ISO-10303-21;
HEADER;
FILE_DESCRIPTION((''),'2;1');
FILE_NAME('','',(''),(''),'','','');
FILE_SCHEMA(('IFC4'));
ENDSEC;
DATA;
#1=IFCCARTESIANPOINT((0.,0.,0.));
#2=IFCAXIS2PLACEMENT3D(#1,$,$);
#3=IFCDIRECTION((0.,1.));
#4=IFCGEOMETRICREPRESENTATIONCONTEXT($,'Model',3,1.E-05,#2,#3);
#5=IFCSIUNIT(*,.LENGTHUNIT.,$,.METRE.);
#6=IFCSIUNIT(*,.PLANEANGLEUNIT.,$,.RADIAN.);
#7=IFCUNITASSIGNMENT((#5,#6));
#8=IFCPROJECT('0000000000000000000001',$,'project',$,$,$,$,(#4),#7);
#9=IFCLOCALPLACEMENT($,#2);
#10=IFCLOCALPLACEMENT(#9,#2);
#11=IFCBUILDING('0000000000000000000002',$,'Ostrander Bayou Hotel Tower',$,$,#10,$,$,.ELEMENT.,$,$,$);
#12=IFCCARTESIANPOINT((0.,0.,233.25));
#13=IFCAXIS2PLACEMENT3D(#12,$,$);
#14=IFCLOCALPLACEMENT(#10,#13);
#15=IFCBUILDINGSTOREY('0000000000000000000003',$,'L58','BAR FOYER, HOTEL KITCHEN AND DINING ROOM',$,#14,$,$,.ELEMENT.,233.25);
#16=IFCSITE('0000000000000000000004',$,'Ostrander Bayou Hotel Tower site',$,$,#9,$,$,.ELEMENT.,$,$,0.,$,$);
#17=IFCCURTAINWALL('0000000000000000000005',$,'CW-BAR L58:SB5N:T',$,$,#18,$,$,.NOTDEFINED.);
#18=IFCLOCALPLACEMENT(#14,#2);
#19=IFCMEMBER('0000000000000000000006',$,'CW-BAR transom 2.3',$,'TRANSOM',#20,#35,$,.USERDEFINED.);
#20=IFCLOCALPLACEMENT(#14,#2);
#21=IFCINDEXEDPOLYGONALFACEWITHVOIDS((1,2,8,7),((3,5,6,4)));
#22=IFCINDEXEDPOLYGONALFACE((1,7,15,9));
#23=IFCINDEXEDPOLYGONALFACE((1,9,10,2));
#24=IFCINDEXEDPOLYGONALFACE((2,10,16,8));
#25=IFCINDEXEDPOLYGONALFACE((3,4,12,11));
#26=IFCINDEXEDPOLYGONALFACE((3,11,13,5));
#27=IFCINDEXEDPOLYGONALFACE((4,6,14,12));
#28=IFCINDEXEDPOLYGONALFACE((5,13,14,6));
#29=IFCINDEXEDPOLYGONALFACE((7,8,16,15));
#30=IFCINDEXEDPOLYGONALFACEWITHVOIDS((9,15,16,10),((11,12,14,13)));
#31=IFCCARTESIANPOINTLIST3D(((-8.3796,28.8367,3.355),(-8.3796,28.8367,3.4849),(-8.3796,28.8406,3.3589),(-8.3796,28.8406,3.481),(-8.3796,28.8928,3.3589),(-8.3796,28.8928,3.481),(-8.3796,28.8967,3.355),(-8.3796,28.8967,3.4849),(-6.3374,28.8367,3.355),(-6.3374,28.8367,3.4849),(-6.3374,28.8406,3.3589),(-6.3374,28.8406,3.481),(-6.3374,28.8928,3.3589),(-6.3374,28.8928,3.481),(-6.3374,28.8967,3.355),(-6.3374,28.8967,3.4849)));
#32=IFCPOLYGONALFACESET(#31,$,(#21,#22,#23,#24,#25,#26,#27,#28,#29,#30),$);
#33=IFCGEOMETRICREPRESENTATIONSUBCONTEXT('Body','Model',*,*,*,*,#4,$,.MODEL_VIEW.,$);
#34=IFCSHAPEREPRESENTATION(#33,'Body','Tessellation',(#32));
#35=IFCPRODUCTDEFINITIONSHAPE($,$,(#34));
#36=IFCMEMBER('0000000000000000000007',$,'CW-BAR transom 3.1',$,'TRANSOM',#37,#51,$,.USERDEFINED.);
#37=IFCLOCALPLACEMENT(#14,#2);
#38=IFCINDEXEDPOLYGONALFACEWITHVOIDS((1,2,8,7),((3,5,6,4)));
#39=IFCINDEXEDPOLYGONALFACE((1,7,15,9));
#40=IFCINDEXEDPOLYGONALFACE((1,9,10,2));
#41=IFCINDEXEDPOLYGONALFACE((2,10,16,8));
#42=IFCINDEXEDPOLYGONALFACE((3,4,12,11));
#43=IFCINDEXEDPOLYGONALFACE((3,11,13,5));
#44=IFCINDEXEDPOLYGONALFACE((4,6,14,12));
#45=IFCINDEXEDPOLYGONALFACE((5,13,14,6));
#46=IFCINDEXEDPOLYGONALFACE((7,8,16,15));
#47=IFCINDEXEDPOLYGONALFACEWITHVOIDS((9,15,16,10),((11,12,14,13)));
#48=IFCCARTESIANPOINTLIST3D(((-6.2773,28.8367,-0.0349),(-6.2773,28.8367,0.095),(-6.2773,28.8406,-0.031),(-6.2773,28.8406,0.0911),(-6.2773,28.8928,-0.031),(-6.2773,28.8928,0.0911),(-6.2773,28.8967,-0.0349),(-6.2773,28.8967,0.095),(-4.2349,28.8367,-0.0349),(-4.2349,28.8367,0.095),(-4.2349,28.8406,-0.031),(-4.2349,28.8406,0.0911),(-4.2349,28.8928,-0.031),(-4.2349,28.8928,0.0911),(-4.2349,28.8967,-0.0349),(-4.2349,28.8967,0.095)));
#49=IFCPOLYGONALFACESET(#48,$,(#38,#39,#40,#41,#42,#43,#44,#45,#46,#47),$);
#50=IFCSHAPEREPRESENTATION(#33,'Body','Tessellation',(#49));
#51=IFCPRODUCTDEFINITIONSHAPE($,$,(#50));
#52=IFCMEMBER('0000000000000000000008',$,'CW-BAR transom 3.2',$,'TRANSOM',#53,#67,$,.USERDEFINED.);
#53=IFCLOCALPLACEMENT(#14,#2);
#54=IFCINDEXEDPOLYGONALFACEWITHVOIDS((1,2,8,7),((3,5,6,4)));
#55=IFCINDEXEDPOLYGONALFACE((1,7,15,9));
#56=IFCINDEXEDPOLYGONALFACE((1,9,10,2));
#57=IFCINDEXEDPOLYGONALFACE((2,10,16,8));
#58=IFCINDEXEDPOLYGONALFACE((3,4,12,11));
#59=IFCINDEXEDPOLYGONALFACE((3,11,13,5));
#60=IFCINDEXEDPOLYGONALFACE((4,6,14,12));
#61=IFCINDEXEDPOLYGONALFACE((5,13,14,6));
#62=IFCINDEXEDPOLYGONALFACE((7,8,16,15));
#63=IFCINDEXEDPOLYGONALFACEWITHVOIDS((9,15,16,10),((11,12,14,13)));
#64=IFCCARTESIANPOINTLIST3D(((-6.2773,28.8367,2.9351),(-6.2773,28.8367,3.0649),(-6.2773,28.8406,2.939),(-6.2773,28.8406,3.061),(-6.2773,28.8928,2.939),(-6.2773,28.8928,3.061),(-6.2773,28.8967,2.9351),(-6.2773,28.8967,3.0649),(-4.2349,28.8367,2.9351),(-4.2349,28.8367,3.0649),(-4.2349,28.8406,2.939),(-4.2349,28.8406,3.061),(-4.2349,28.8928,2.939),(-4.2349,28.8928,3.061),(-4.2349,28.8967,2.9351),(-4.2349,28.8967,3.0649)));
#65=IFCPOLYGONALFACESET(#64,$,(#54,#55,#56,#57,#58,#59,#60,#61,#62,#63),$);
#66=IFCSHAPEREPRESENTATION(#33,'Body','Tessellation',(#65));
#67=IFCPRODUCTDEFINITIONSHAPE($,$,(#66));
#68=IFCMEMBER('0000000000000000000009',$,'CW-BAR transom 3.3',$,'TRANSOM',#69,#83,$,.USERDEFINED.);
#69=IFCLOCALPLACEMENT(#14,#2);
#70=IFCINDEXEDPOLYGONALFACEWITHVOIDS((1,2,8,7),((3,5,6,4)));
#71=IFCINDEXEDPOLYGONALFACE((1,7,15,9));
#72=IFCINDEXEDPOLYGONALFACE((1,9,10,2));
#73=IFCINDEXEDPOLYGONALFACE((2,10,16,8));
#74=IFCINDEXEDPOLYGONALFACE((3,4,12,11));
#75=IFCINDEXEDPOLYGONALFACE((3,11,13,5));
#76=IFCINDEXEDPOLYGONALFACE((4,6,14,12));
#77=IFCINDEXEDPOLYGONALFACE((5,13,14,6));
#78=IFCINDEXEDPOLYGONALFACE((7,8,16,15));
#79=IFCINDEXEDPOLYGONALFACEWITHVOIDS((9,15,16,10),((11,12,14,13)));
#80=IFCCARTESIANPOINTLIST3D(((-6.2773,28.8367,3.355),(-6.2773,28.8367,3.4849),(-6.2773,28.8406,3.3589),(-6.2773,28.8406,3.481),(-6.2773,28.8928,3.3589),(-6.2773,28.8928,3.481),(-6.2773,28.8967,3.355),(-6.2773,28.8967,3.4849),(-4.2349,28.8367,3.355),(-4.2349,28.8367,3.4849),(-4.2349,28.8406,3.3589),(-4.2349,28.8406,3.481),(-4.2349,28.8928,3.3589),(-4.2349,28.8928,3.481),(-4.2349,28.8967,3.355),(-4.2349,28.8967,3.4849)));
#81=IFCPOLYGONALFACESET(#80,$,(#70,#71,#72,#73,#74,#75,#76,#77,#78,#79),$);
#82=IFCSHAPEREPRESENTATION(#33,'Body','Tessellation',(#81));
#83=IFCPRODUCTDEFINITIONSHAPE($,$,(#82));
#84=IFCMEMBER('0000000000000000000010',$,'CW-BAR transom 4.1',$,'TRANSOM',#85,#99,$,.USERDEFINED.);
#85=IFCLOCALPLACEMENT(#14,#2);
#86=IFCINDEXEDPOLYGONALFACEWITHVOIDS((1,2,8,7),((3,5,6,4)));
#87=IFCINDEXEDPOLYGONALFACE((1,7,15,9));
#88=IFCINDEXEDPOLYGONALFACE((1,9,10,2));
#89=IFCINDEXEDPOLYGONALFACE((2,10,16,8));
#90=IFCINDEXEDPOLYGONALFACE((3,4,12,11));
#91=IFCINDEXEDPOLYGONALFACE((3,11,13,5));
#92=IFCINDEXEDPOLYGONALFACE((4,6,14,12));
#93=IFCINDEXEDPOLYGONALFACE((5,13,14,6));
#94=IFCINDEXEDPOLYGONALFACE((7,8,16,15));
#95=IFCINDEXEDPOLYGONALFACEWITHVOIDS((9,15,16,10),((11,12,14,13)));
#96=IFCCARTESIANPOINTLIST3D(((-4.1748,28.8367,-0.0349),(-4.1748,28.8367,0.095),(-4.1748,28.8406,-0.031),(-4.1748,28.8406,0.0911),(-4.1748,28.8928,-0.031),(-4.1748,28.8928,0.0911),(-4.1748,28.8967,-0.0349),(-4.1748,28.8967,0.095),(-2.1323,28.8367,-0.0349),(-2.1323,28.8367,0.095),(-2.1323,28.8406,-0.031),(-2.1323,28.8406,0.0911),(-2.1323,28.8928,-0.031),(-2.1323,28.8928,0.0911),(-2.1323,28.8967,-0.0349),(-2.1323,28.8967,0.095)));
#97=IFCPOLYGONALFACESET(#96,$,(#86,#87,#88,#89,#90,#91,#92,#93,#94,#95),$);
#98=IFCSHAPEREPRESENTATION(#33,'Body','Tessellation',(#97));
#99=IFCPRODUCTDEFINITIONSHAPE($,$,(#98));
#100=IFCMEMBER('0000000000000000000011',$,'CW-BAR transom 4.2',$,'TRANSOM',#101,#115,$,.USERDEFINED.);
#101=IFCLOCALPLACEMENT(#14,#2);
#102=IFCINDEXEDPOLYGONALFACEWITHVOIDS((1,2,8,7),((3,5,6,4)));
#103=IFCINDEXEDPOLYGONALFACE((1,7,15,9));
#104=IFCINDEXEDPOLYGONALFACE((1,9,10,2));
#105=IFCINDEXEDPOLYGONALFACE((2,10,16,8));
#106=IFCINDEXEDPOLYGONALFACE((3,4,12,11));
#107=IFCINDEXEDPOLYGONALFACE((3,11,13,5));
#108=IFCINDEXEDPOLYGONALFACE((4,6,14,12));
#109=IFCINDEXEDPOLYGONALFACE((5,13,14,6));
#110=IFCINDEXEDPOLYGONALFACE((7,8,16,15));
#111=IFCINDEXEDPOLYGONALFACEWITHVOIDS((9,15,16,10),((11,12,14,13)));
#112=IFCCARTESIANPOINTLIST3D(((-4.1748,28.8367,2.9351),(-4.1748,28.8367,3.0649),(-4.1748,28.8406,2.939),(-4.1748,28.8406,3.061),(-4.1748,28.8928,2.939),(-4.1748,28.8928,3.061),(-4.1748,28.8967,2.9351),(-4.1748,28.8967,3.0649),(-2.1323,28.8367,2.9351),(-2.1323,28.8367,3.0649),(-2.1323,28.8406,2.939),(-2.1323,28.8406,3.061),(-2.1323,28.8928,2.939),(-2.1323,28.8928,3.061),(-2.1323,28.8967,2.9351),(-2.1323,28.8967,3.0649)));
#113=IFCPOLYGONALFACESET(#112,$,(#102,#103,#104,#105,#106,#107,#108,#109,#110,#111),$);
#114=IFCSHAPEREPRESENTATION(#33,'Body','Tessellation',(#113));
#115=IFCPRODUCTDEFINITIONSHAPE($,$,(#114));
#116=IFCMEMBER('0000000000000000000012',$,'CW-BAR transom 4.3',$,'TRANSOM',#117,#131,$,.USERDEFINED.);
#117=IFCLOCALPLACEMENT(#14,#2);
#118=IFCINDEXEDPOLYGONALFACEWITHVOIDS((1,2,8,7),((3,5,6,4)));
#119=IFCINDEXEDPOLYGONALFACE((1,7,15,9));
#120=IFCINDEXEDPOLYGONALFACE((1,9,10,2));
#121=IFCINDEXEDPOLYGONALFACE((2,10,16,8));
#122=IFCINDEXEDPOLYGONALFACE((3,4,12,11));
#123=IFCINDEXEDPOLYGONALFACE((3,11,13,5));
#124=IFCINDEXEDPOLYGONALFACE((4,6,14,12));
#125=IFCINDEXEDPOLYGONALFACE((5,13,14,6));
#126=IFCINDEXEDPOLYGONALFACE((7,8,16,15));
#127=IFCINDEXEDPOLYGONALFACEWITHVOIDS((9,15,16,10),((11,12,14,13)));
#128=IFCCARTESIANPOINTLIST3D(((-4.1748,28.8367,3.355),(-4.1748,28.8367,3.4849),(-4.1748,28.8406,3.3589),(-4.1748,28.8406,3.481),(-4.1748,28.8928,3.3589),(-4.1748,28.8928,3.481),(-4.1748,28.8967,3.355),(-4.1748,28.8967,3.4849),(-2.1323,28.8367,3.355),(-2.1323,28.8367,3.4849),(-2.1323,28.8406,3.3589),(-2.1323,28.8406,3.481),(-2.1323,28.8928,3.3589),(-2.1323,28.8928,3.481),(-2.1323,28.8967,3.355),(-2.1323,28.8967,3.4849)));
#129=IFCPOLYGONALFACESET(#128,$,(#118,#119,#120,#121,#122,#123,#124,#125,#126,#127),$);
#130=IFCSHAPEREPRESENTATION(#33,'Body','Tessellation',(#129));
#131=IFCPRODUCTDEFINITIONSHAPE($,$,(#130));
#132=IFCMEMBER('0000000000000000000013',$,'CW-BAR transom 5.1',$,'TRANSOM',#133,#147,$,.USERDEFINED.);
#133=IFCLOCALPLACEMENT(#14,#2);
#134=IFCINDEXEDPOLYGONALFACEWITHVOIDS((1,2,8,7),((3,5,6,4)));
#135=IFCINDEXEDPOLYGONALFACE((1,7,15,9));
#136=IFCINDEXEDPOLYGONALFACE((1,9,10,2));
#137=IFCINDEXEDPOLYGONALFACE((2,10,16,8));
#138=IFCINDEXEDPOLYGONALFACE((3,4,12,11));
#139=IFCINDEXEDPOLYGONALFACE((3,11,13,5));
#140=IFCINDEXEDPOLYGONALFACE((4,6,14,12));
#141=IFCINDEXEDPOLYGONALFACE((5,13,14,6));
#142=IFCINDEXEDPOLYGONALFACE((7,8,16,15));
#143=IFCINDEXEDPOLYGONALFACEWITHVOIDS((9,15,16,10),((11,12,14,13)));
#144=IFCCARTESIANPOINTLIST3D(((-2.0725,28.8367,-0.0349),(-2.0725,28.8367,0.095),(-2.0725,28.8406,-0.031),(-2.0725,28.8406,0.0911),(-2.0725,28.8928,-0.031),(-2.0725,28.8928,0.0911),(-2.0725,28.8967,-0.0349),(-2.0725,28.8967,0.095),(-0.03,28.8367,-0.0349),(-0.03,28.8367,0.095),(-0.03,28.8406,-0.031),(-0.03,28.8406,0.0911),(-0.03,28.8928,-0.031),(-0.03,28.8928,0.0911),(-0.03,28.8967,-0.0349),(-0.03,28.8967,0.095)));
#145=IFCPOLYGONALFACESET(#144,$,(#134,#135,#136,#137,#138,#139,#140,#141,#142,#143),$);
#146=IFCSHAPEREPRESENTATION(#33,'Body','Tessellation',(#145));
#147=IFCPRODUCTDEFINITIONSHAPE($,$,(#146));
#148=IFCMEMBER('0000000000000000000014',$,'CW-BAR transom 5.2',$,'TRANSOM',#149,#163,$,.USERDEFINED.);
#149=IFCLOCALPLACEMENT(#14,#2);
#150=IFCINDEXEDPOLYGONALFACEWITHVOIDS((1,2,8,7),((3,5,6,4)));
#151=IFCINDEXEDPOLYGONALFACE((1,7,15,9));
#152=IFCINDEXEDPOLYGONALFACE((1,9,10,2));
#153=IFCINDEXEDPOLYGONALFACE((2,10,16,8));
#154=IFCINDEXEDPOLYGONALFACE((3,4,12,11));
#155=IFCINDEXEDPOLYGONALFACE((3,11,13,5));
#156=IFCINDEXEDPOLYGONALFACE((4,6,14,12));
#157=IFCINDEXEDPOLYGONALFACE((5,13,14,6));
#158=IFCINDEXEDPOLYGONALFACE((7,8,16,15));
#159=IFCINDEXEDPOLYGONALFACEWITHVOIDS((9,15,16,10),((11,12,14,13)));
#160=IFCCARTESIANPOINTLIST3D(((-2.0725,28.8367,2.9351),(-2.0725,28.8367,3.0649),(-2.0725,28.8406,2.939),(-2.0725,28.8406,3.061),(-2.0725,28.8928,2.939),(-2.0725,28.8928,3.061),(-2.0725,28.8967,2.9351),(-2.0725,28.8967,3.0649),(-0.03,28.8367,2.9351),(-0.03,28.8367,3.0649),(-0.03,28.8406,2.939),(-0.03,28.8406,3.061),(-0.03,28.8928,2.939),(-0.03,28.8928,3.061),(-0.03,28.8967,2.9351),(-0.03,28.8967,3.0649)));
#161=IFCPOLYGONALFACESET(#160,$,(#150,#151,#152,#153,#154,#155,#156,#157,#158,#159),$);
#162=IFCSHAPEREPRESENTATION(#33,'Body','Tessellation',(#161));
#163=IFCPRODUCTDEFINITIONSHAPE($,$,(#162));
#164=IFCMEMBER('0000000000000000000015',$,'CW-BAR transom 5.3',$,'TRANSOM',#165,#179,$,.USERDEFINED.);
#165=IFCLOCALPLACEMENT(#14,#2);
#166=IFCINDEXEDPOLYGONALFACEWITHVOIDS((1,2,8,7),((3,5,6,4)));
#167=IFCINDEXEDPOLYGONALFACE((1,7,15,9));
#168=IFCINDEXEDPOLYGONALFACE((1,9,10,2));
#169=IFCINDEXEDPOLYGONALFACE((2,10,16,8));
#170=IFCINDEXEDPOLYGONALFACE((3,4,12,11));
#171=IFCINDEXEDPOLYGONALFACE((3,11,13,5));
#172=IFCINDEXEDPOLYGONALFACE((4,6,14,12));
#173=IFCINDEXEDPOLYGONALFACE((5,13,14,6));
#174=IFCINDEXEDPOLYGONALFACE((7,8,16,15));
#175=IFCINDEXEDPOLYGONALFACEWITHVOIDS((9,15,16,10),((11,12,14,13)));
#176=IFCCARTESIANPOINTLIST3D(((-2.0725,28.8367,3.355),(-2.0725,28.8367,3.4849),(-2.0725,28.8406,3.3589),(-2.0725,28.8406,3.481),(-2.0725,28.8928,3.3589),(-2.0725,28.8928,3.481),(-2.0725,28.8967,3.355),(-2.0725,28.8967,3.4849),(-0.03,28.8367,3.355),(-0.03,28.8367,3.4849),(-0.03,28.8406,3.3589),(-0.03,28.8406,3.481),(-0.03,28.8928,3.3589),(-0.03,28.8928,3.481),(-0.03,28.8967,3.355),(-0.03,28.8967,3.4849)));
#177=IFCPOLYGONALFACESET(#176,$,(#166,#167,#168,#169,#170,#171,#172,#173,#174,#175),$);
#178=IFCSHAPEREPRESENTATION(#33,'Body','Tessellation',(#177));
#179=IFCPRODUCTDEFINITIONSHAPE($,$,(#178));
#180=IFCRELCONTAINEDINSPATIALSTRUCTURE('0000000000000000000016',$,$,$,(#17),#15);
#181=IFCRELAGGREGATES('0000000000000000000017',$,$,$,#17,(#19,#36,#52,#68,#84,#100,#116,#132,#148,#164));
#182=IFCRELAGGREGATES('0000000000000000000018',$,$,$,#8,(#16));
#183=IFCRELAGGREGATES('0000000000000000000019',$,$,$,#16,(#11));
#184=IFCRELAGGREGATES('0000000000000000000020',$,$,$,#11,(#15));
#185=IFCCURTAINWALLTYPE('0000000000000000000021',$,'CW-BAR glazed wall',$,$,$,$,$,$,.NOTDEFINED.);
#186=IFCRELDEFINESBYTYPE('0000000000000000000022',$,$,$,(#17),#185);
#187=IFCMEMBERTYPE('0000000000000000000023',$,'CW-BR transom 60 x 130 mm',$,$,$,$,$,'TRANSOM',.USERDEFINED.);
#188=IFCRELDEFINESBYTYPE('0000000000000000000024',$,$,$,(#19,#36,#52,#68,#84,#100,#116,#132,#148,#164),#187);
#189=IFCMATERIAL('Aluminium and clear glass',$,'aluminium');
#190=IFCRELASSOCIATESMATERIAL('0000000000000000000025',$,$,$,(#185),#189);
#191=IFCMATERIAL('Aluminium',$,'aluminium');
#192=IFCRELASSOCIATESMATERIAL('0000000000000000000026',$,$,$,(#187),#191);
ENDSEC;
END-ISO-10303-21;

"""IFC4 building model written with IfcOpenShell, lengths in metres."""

from ifc_helpers import new_model, si_unit, direction, frame, origin, origin_2d, place, context, subcontext, project, spatial, hollow_rectangle, extrude, material, material_profile, profile_set, type_object, element, aggregate, save


model = new_model("IFC4")

# Units and contexts
model_context = context("Model", 3, precision=1e-05, world=origin(), true_north=direction((0.0, 1.0)))
body_context = subcontext(model_context, "Body", "Model", "MODEL_VIEW")
ifc_project = project(units=[si_unit("LENGTHUNIT", "METRE"), si_unit("PLANEANGLEUNIT", "RADIAN")], contexts=[model_context])

# Site, building, storey
site_placement = place(None, origin())
site = spatial("IfcSite", under=ifc_project, at=site_placement, Name="Ostrander Bayou Hotel Tower site", CompositionType="ELEMENT", RefElevation=0.0)
building_placement = place(site_placement, origin())
building = spatial("IfcBuilding", under=site, at=building_placement, Name="Ostrander Bayou Hotel Tower", CompositionType="ELEMENT")
storey_placement = place(building_placement, frame((0.0, 0.0, 233.25)))
storey = spatial("IfcBuildingStorey", under=building, at=storey_placement, Name="L58", Description="BAR FOYER, HOTEL KITCHEN AND DINING ROOM", CompositionType="ELEMENT", Elevation=233.25)

# Shared definitions
ifc_material_1 = material(Name="Aluminium and clear glass", Category="aluminium")
curtain_wall_type = type_object("IfcCurtainWallType", Name="CW-BAR glazed wall", PredefinedType="NOTDEFINED", material=ifc_material_1)

# Curtain wall, members
curtain_wall_1_placement = place(storey_placement, origin())
curtain_wall_1 = element("IfcCurtainWall", 1, at=curtain_wall_1_placement, inside=storey, type_object=curtain_wall_type, Name="CW-BAR L58:SB5N:T", PredefinedType="NOTDEFINED")
ifc_material_2 = material(Name="Aluminium", Category="aluminium")
ifc_material_profile_1 = material_profile(ifc_material_2, hollow_rectangle(XDim=0.0601, YDim=0.1299, WallThickness=0.0039, at=origin_2d()))
ifc_profile_set_1 = profile_set([ifc_material_profile_1], Name="Aluminium")
member_type_1 = type_object("IfcMemberType", Name="CW-BR transom 60 x 130 mm", ElementType="TRANSOM", PredefinedType="USERDEFINED", material=ifc_profile_set_1)
member_1_placement = place(storey_placement, frame((-8.3796, 28.8667, 3.4199), z_axis=(1.0, 0.0, 0.0), x_axis=(0.0, 1.0, 0.0)))
member_1 = element("IfcMember", 2, at=member_1_placement, type_object=member_type_1, Name="CW-BAR transom 2.3", ObjectType="TRANSOM", PredefinedType="USERDEFINED", context=body_context, shape_type="SweptSolid", body=[
    extrude(hollow_rectangle(XDim=0.0601, YDim=0.1299, WallThickness=0.0039, at=origin_2d()), origin(), (0.0, 0.0, 1.0), 2.0422),
])
member_2_placement = place(storey_placement, frame((-6.2773, 28.8667, 0.03), z_axis=(1.0, 0.0, 0.0), x_axis=(0.0, 1.0, 0.0)))
member_2 = element("IfcMember", 3, at=member_2_placement, type_object=member_type_1, Name="CW-BAR transom 3.1", ObjectType="TRANSOM", PredefinedType="USERDEFINED", context=body_context, shape_type="SweptSolid", body=[
    extrude(hollow_rectangle(XDim=0.0601, YDim=0.1299, WallThickness=0.0039, at=origin_2d()), origin(), (0.0, 0.0, 1.0), 2.0425),
])
member_3_placement = place(storey_placement, frame((-6.2773, 28.8667, 3.0), z_axis=(1.0, 0.0, 0.0), x_axis=(0.0, 1.0, 0.0)))
member_3 = element("IfcMember", 4, at=member_3_placement, type_object=member_type_1, Name="CW-BAR transom 3.2", ObjectType="TRANSOM", PredefinedType="USERDEFINED", context=body_context, shape_type="SweptSolid", body=[
    extrude(hollow_rectangle(XDim=0.0601, YDim=0.1299, WallThickness=0.0039, at=origin_2d()), origin(), (0.0, 0.0, 1.0), 2.0425),
])
member_4_placement = place(storey_placement, frame((-6.2773, 28.8667, 3.4199), z_axis=(1.0, 0.0, 0.0), x_axis=(0.0, 1.0, 0.0)))
member_4 = element("IfcMember", 5, at=member_4_placement, type_object=member_type_1, Name="CW-BAR transom 3.3", ObjectType="TRANSOM", PredefinedType="USERDEFINED", context=body_context, shape_type="SweptSolid", body=[
    extrude(hollow_rectangle(XDim=0.0601, YDim=0.1299, WallThickness=0.0039, at=origin_2d()), origin(), (0.0, 0.0, 1.0), 2.0425),
])
member_5_placement = place(storey_placement, frame((-4.1748, 28.8667, 0.03), z_axis=(1.0, 0.0, 0.0), x_axis=(0.0, 1.0, 0.0)))
member_5 = element("IfcMember", 6, at=member_5_placement, type_object=member_type_1, Name="CW-BAR transom 4.1", ObjectType="TRANSOM", PredefinedType="USERDEFINED", context=body_context, shape_type="SweptSolid", body=[
    extrude(hollow_rectangle(XDim=0.0601, YDim=0.1299, WallThickness=0.0039, at=origin_2d()), origin(), (0.0, 0.0, 1.0), 2.0425),
])
member_6_placement = place(storey_placement, frame((-4.1748, 28.8667, 3.0), z_axis=(1.0, 0.0, 0.0), x_axis=(0.0, 1.0, 0.0)))
member_6 = element("IfcMember", 7, at=member_6_placement, type_object=member_type_1, Name="CW-BAR transom 4.2", ObjectType="TRANSOM", PredefinedType="USERDEFINED", context=body_context, shape_type="SweptSolid", body=[
    extrude(hollow_rectangle(XDim=0.0601, YDim=0.1299, WallThickness=0.0039, at=origin_2d()), origin(), (0.0, 0.0, 1.0), 2.0425),
])
member_7_placement = place(storey_placement, frame((-4.1748, 28.8667, 3.4199), z_axis=(1.0, 0.0, 0.0), x_axis=(0.0, 1.0, 0.0)))
member_7 = element("IfcMember", 8, at=member_7_placement, type_object=member_type_1, Name="CW-BAR transom 4.3", ObjectType="TRANSOM", PredefinedType="USERDEFINED", context=body_context, shape_type="SweptSolid", body=[
    extrude(hollow_rectangle(XDim=0.0601, YDim=0.1299, WallThickness=0.0039, at=origin_2d()), origin(), (0.0, 0.0, 1.0), 2.0425),
])
member_8_placement = place(storey_placement, frame((-2.0725, 28.8667, 0.03), z_axis=(1.0, 0.0, 0.0), x_axis=(0.0, 1.0, 0.0)))
member_8 = element("IfcMember", 9, at=member_8_placement, type_object=member_type_1, Name="CW-BAR transom 5.1", ObjectType="TRANSOM", PredefinedType="USERDEFINED", context=body_context, shape_type="SweptSolid", body=[
    extrude(hollow_rectangle(XDim=0.0601, YDim=0.1299, WallThickness=0.0039, at=origin_2d()), origin(), (0.0, 0.0, 1.0), 2.0425),
])
member_9_placement = place(storey_placement, frame((-2.0725, 28.8667, 3.0), z_axis=(1.0, 0.0, 0.0), x_axis=(0.0, 1.0, 0.0)))
member_9 = element("IfcMember", 10, at=member_9_placement, type_object=member_type_1, Name="CW-BAR transom 5.2", ObjectType="TRANSOM", PredefinedType="USERDEFINED", context=body_context, shape_type="SweptSolid", body=[
    extrude(hollow_rectangle(XDim=0.0601, YDim=0.1299, WallThickness=0.0039, at=origin_2d()), origin(), (0.0, 0.0, 1.0), 2.0425),
])
member_10_placement = place(storey_placement, frame((-2.0725, 28.8667, 3.4199), z_axis=(1.0, 0.0, 0.0), x_axis=(0.0, 1.0, 0.0)))
member_10 = element("IfcMember", 11, at=member_10_placement, type_object=member_type_1, Name="CW-BAR transom 5.3", ObjectType="TRANSOM", PredefinedType="USERDEFINED", context=body_context, shape_type="SweptSolid", body=[
    extrude(hollow_rectangle(XDim=0.0601, YDim=0.1299, WallThickness=0.0039, at=origin_2d()), origin(), (0.0, 0.0, 1.0), 2.0425),
])

aggregate(curtain_wall_1, [member_1, member_2, member_3, member_4, member_5, member_6, member_7, member_8, member_9, member_10])

save(model, "model.ifc")
